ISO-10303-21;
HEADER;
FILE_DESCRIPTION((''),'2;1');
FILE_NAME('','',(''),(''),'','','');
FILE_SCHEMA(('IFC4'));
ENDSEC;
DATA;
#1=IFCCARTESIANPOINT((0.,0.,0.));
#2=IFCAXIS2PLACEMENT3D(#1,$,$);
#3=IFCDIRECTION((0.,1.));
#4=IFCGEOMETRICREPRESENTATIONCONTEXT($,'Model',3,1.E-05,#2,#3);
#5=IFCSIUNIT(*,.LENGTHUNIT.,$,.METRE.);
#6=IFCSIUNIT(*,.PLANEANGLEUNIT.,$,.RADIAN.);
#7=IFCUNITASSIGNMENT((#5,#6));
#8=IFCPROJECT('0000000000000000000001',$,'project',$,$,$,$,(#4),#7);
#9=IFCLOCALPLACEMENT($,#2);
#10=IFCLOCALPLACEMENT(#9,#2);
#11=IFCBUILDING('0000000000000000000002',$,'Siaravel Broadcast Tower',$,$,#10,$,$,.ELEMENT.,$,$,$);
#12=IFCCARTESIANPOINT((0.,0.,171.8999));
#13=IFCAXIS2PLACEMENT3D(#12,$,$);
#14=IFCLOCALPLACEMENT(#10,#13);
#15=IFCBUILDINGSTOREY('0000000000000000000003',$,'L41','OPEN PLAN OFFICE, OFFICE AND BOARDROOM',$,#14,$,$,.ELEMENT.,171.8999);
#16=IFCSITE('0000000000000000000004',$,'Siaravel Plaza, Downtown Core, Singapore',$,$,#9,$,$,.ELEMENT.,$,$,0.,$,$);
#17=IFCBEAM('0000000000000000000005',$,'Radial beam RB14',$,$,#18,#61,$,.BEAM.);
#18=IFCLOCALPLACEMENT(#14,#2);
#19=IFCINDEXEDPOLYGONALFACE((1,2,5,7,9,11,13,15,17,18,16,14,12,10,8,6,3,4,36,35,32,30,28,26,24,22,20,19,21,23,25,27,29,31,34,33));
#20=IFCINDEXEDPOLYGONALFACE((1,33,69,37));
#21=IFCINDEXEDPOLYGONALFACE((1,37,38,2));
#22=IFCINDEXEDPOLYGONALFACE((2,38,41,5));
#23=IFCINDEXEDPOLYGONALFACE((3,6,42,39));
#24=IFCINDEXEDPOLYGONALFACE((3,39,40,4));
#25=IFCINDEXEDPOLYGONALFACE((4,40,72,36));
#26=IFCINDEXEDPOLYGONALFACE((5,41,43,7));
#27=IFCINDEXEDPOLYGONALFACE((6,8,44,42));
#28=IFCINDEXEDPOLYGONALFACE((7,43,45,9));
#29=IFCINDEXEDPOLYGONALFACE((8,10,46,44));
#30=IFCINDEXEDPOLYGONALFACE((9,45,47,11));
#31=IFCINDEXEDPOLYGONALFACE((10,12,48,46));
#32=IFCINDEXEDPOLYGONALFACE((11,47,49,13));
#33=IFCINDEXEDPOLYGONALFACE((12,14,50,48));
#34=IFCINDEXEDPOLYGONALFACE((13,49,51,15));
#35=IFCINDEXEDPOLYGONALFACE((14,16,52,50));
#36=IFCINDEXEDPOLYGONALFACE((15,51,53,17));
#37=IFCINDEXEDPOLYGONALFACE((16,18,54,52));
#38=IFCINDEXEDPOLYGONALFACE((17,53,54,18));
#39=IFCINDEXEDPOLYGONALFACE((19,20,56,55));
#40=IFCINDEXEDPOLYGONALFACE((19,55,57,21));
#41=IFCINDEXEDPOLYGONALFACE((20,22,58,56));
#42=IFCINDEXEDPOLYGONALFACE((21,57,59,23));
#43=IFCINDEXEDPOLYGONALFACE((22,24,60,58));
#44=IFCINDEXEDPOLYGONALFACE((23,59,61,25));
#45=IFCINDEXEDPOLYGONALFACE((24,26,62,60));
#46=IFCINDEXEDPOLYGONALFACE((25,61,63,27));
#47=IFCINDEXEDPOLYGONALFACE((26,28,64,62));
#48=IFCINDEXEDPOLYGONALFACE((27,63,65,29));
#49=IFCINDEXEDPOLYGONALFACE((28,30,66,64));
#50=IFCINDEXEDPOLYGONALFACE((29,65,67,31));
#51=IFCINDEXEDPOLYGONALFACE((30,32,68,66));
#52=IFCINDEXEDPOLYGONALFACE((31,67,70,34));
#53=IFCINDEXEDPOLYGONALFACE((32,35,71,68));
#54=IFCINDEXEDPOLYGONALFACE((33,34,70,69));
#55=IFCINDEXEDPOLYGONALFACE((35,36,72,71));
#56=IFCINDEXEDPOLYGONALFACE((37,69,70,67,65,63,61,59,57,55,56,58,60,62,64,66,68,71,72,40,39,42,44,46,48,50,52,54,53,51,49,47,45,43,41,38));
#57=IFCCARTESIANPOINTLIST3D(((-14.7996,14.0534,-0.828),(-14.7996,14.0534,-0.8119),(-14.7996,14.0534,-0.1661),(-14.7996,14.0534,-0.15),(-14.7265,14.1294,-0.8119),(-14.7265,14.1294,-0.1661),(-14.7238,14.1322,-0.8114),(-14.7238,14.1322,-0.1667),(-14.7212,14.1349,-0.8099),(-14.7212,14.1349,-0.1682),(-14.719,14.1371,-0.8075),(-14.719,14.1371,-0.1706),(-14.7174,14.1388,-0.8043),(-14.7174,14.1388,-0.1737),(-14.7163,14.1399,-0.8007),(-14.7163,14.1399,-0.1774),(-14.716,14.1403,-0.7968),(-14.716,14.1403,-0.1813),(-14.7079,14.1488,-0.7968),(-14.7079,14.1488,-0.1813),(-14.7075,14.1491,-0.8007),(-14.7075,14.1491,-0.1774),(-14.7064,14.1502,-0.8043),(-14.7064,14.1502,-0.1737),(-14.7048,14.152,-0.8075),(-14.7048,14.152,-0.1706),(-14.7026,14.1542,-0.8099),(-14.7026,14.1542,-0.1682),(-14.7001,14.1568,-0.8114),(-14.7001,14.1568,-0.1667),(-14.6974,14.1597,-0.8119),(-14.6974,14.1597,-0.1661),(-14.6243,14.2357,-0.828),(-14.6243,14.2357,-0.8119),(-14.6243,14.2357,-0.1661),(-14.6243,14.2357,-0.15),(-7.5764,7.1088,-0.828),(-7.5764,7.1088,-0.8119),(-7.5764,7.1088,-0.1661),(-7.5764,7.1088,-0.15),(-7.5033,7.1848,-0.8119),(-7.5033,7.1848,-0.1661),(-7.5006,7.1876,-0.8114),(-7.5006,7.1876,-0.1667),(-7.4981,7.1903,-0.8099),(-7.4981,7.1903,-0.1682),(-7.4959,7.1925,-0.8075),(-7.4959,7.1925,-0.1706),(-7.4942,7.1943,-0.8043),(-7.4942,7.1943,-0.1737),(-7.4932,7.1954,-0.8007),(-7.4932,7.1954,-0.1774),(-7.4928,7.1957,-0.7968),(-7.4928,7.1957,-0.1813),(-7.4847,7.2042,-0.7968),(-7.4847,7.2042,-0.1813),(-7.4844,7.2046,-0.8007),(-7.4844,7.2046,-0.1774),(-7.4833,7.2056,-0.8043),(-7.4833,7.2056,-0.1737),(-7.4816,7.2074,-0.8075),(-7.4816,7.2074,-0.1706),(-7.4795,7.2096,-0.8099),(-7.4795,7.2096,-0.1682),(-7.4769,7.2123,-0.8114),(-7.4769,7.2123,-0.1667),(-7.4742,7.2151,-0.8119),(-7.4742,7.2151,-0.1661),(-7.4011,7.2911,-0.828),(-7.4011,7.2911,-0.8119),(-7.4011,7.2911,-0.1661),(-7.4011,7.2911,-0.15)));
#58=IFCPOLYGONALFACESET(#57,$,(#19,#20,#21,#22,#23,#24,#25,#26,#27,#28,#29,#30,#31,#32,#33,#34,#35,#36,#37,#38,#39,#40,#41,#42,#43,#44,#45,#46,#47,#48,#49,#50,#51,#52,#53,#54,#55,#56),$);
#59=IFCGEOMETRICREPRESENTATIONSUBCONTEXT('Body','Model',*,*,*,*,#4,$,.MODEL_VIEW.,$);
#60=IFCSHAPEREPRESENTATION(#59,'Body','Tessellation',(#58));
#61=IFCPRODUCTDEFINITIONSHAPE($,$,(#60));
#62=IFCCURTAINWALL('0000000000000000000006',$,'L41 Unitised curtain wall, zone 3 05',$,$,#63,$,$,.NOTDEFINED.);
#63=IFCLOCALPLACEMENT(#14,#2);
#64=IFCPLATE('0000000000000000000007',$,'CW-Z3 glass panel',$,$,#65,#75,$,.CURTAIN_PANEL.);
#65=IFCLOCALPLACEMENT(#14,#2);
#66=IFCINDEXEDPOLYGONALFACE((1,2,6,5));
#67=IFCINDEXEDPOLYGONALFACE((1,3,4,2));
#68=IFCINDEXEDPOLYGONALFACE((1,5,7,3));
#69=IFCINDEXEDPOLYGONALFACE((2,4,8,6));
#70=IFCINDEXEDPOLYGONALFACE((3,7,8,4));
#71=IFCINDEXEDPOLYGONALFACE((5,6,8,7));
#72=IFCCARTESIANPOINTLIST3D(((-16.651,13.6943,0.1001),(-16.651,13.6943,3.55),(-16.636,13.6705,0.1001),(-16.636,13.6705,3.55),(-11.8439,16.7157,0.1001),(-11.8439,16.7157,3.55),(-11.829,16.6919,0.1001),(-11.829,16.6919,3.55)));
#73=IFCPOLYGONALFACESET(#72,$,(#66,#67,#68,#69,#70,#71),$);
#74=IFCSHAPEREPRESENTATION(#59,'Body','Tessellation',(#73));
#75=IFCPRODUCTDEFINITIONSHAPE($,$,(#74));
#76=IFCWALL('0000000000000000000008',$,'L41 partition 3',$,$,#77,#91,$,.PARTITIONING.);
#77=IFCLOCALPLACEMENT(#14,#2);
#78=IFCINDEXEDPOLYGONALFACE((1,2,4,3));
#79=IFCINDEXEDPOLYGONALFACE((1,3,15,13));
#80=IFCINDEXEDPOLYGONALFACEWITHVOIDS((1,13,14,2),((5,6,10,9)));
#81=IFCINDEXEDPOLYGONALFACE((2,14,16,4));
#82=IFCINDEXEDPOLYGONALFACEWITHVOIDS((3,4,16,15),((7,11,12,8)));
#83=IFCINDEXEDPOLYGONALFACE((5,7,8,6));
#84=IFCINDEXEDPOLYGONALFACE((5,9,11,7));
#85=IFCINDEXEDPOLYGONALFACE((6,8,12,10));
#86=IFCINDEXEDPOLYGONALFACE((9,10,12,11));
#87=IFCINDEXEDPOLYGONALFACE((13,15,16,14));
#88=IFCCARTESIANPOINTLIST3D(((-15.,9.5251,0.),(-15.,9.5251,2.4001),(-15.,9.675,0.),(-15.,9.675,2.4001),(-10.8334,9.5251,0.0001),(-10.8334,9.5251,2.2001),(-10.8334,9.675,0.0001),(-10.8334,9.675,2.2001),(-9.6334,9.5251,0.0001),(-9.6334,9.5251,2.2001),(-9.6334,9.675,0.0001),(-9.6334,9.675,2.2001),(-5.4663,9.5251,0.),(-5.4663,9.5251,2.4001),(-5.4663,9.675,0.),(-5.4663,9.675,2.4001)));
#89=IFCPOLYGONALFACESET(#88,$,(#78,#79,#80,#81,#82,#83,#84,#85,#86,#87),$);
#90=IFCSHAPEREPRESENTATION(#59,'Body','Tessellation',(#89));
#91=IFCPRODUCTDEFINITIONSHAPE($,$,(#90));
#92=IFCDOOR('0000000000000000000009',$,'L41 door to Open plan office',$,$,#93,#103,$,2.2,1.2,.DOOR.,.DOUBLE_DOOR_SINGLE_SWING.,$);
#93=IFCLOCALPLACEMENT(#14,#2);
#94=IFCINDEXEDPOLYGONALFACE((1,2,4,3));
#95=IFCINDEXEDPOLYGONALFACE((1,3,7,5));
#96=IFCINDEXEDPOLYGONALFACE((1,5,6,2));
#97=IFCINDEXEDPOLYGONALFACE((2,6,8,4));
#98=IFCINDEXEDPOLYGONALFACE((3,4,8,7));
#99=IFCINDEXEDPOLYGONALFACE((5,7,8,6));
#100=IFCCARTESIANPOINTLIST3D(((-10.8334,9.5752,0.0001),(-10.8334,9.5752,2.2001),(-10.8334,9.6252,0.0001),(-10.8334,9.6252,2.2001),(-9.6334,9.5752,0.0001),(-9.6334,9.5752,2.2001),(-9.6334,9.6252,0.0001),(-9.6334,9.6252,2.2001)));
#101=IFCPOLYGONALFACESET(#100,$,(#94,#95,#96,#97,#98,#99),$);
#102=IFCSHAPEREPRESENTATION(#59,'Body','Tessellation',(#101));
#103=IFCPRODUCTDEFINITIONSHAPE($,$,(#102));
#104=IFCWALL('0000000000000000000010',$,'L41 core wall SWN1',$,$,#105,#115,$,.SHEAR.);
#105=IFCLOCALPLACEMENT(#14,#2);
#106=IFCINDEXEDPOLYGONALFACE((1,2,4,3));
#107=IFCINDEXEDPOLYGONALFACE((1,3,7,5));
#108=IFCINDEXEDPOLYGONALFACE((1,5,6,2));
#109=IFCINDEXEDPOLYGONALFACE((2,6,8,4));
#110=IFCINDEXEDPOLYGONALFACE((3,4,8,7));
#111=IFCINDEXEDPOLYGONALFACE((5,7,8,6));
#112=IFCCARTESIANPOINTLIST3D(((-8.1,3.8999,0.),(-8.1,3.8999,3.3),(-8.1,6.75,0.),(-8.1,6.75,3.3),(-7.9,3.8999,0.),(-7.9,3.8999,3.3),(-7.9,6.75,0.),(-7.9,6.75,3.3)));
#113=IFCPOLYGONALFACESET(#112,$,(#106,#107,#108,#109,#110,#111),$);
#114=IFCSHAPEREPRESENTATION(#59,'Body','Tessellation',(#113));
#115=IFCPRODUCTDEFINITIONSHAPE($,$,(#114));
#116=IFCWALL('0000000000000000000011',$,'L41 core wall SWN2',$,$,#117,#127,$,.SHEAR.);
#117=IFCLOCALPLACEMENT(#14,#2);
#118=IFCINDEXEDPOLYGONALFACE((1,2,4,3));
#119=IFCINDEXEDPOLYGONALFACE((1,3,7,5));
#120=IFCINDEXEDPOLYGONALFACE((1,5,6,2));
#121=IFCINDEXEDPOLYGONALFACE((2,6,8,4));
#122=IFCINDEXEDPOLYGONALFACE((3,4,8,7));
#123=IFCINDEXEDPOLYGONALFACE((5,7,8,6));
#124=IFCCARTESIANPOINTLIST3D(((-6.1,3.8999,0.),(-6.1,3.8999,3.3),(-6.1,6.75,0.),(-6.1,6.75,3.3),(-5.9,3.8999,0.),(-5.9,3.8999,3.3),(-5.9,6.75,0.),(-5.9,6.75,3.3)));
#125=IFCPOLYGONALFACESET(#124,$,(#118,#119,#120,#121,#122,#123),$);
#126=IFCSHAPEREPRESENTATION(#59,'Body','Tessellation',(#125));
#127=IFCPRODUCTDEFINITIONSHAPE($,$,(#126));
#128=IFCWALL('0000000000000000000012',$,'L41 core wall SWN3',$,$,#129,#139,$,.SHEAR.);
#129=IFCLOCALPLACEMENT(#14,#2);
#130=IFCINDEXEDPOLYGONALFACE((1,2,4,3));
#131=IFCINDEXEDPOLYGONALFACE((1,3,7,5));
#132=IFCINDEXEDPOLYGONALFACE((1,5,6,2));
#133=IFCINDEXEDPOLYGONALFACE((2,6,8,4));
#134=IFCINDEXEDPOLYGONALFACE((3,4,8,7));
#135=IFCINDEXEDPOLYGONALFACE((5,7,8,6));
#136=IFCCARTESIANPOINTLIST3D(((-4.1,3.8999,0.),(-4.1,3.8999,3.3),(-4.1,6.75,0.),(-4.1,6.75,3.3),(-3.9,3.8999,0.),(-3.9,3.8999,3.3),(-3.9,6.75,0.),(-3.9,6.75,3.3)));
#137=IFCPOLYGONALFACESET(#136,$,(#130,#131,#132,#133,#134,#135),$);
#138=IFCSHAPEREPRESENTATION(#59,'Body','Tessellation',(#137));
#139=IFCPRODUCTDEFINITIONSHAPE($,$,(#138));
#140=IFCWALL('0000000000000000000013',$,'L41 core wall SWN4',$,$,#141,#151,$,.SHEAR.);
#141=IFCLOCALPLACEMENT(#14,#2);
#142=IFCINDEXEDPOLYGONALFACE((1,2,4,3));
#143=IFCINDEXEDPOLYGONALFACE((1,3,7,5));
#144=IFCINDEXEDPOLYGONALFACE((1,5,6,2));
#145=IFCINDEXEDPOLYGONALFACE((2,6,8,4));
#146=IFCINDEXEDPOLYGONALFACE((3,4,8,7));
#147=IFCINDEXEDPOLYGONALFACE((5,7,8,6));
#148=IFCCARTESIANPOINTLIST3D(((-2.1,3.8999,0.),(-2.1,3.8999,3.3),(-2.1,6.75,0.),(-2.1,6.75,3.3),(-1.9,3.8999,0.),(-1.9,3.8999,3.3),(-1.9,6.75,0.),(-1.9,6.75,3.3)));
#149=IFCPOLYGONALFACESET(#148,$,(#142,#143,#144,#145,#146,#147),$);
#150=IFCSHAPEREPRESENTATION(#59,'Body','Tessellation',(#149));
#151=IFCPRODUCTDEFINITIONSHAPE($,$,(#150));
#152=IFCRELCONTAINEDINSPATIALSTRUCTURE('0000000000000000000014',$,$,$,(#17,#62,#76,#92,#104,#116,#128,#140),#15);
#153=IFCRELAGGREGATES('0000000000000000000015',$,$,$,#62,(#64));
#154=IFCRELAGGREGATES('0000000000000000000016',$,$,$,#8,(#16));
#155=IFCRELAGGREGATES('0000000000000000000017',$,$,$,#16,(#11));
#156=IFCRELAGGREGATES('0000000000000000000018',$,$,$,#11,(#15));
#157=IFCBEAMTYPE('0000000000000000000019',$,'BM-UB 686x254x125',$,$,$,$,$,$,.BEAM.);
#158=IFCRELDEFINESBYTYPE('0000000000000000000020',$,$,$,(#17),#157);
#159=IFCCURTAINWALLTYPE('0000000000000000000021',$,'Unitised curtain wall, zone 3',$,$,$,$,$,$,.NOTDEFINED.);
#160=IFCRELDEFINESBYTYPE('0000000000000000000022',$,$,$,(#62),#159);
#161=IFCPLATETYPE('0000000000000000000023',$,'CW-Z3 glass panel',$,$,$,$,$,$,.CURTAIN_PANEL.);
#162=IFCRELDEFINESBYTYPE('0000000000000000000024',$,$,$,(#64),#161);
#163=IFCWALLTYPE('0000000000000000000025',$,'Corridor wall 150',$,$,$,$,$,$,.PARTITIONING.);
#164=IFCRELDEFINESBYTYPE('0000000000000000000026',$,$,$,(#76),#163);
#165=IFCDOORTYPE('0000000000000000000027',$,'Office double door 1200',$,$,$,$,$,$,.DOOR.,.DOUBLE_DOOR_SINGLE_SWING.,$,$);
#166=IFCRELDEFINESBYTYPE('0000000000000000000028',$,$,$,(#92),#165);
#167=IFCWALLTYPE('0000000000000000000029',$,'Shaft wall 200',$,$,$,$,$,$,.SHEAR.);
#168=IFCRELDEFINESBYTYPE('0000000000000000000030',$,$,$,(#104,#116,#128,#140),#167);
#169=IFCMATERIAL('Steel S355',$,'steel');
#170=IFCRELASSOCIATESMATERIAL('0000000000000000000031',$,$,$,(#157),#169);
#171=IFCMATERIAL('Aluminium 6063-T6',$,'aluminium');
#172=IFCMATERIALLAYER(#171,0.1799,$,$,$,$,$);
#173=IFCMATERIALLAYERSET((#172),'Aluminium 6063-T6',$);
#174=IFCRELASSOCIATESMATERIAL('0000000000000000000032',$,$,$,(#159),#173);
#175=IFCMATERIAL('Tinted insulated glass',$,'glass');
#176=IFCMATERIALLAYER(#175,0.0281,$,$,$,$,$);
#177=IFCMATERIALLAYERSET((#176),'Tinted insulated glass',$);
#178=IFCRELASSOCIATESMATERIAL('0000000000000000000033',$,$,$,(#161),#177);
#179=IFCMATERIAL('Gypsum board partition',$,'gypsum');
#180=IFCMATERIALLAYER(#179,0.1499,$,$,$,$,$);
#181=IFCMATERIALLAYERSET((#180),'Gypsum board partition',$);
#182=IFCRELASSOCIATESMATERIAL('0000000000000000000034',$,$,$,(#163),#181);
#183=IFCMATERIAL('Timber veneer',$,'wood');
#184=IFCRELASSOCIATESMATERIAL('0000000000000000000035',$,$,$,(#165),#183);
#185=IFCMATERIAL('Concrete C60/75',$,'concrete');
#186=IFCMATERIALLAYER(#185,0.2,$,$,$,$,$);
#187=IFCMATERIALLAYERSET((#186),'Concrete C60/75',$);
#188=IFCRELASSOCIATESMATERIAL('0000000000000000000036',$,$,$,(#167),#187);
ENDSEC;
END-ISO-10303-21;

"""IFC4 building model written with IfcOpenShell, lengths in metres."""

from ifc_helpers import new_model, si_unit, direction, frame, frame_2d, origin, origin_2d, place, context, subcontext, project, spatial, rectangle, i_section, extrude, material, layer, layer_set, material_profile, profile_set, type_object, element, fill, aggregate, save


model = new_model("IFC4")

# Units and contexts
model_context = context("Model", 3, precision=1e-05, world=origin(), true_north=direction((0.0, 1.0)))
body_context = subcontext(model_context, "Body", "Model", "MODEL_VIEW")
ifc_project = project(units=[si_unit("LENGTHUNIT", "METRE"), si_unit("PLANEANGLEUNIT", "RADIAN")], contexts=[model_context])

# Site, building, storey
site_placement = place(None, origin())
site = spatial("IfcSite", under=ifc_project, at=site_placement, Name="Siaravel Plaza, Downtown Core, Singapore", CompositionType="ELEMENT", RefElevation=0.0)
building_placement = place(site_placement, origin())
building = spatial("IfcBuilding", under=site, at=building_placement, Name="Siaravel Broadcast Tower", CompositionType="ELEMENT")
storey_placement = place(building_placement, frame((0.0, 0.0, 171.8999)))
storey = spatial("IfcBuildingStorey", under=building, at=storey_placement, Name="L41", Description="OPEN PLAN OFFICE, OFFICE AND BOARDROOM", CompositionType="ELEMENT", Elevation=171.8999)

# Beam
ifc_material_1 = material(Name="Steel S355", Category="steel")
ifc_material_profile = material_profile(ifc_material_1, i_section(OverallWidth=0.2529, OverallDepth=0.678, WebThickness=0.0117, FlangeThickness=0.0161, FilletRadius=0.0151, at=origin_2d()))
ifc_profile_set = profile_set([ifc_material_profile], Name="Steel S355")
beam_type = type_object("IfcBeamType", Name="BM-UB 686x254x125", PredefinedType="BEAM", material=ifc_profile_set)
beam_placement = place(storey_placement, frame((-14.7119, 14.1445, -0.489), z_axis=(0.720871, -0.69307, 0.0), x_axis=(0.69307, 0.720871, 0.0)))
element("IfcBeam", 1, at=beam_placement, inside=storey, type_object=beam_type, Name="Radial beam RB14", PredefinedType="BEAM", context=body_context, shape_type="SweptSolid", body=[
    extrude(i_section(OverallWidth=0.2529, OverallDepth=0.678, WebThickness=0.0117, FlangeThickness=0.0161, FilletRadius=0.0151, at=origin_2d()), origin(), (0.0, 0.0, 1.0), 10.02),
])

# Curtain wall, plate
ifc_material_2 = material(Name="Aluminium 6063-T6", Category="aluminium")
ifc_layer_1 = layer(ifc_material_2, 0.1799)
ifc_layer_set_1 = layer_set([ifc_layer_1], Name="Aluminium 6063-T6")
curtain_wall_type = type_object("IfcCurtainWallType", Name="Unitised curtain wall, zone 3", PredefinedType="NOTDEFINED", material=ifc_layer_set_1)
curtain_wall_placement = place(storey_placement, origin())
curtain_wall = element("IfcCurtainWall", 2, at=curtain_wall_placement, inside=storey, type_object=curtain_wall_type, Name="L41 Unitised curtain wall, zone 3 05", PredefinedType="NOTDEFINED")
ifc_material_3 = material(Name="Tinted insulated glass", Category="glass")
ifc_layer_2 = layer(ifc_material_3, 0.0281)
ifc_layer_set_2 = layer_set([ifc_layer_2], Name="Tinted insulated glass")
plate_type = type_object("IfcPlateType", Name="CW-Z3 glass panel", PredefinedType="CURTAIN_PANEL", material=ifc_layer_set_2)
plate_placement = place(storey_placement, frame((-14.24, 15.1931, 0.1001), z_axis=(0.0, 0.0, 1.0), x_axis=(-0.846651, -0.532149, 0.0)))
plate = element("IfcPlate", 3, at=plate_placement, type_object=plate_type, Name="CW-Z3 glass panel", PredefinedType="CURTAIN_PANEL", context=body_context, shape_type="SweptSolid", body=[
    extrude(rectangle(XDim=5.6777, YDim=0.0281, at=origin_2d()), origin(), (0.0, 0.0, 1.0), 3.45),
])
aggregate(curtain_wall, [plate])

# Shared definitions
ifc_material_4 = material(Name="Concrete C60/75", Category="concrete")
ifc_material_5 = material(Name="Timber veneer", Category="wood")

# Wall, opening, door
ifc_material_6 = material(Name="Gypsum board partition", Category="gypsum")
ifc_layer_3 = layer(ifc_material_6, 0.1499)
ifc_layer_set_3 = layer_set([ifc_layer_3], Name="Gypsum board partition")
wall_type_1 = type_object("IfcWallType", Name="Corridor wall 150", PredefinedType="PARTITIONING", material=ifc_layer_set_3)
wall_1_placement = place(storey_placement, frame((-5.4663, 9.6001, 0.0), z_axis=(0.0, 0.0, 1.0), x_axis=(-1.0, 0.0, 0.0)))
wall_1 = element("IfcWall", 4, at=wall_1_placement, inside=storey, type_object=wall_type_1, Name="L41 partition 3", PredefinedType="PARTITIONING", context=body_context, shape_type="SweptSolid", body=[
    extrude(rectangle(XDim=9.5337, YDim=0.1499, at=frame_2d((4.7668, 0.0))), origin(), (0.0, 0.0, 1.0), 2.4001),
])
opening_1_placement = place(wall_1_placement, frame((4.167, 0.0, 0.0)))
opening_1 = element("IfcOpeningElement", 5, at=opening_1_placement, cuts=wall_1, PredefinedType="OPENING", context=body_context, shape_type="SweptSolid", body=[
    extrude(rectangle(XDim=1.2, YDim=2.2, at=frame_2d((0.6001, 1.1001))), frame((0.0, 0.085, 0.0), z_axis=(0.0, -1.0, 0.0), x_axis=(1.0, 0.0, 0.0)), (0.0, 0.0, 1.0), 0.1699),
])
door_type_1 = type_object("IfcDoorType", Name="Office double door 1200", OperationType="DOUBLE_DOOR_SINGLE_SWING", PredefinedType="DOOR", material=ifc_material_5)
door_1_placement = place(opening_1_placement, origin())
door_1 = element("IfcDoor", 6, at=door_1_placement, inside=storey, type_object=door_type_1, Name="L41 door to Open plan office", OperationType="DOUBLE_DOOR_SINGLE_SWING", OverallHeight=2.2, OverallWidth=1.2, PredefinedType="DOOR", context=body_context, shape_type="SweptSolid", body=[
    extrude(rectangle(XDim=1.2, YDim=2.2, at=frame_2d((0.6001, 1.1001))), frame((0.0, 0.0249, 0.0), z_axis=(0.0, -1.0, 0.0), x_axis=(1.0, 0.0, 0.0)), (0.0, 0.0, 1.0), 0.05),
])
fill(opening_1, door_1)

# Walls
ifc_layer_4 = layer(ifc_material_4, 0.2)
ifc_layer_set_4 = layer_set([ifc_layer_4], Name="Concrete C60/75")
wall_type_2 = type_object("IfcWallType", Name="Shaft wall 200", PredefinedType="SHEAR", material=ifc_layer_set_4)
for number, where, z_axis, x_axis, name in (
    (7, (-8.0, 3.8999, 0.0), (0.0, 0.0, 1.0), (0.0, 1.0, 0.0), "L41 core wall SWN1"),
    (8, (-6.0, 3.8999, 0.0), (0.0, 0.0, 1.0), (0.0, 1.0, 0.0), "L41 core wall SWN2"),
    (9, (-4.0, 3.8999, 0.0), (0.0, 0.0, 1.0), (0.0, 1.0, 0.0), "L41 core wall SWN3"),
    (10, (-2.0, 3.8999, 0.0), (0.0, 0.0, 1.0), (0.0, 1.0, 0.0), "L41 core wall SWN4"),
):
    element("IfcWall", number, at=place(storey_placement, frame(where, z_axis=z_axis, x_axis=x_axis)), inside=storey, type_object=wall_type_2, Name=name, PredefinedType="SHEAR", context=body_context, shape_type="SweptSolid", body=[
        extrude(rectangle(XDim=2.8501, YDim=0.2, at=frame_2d((1.425, 0.0))), origin(), (0.0, 0.0, 1.0), 3.3),
    ])

save(model, "model.ifc")
